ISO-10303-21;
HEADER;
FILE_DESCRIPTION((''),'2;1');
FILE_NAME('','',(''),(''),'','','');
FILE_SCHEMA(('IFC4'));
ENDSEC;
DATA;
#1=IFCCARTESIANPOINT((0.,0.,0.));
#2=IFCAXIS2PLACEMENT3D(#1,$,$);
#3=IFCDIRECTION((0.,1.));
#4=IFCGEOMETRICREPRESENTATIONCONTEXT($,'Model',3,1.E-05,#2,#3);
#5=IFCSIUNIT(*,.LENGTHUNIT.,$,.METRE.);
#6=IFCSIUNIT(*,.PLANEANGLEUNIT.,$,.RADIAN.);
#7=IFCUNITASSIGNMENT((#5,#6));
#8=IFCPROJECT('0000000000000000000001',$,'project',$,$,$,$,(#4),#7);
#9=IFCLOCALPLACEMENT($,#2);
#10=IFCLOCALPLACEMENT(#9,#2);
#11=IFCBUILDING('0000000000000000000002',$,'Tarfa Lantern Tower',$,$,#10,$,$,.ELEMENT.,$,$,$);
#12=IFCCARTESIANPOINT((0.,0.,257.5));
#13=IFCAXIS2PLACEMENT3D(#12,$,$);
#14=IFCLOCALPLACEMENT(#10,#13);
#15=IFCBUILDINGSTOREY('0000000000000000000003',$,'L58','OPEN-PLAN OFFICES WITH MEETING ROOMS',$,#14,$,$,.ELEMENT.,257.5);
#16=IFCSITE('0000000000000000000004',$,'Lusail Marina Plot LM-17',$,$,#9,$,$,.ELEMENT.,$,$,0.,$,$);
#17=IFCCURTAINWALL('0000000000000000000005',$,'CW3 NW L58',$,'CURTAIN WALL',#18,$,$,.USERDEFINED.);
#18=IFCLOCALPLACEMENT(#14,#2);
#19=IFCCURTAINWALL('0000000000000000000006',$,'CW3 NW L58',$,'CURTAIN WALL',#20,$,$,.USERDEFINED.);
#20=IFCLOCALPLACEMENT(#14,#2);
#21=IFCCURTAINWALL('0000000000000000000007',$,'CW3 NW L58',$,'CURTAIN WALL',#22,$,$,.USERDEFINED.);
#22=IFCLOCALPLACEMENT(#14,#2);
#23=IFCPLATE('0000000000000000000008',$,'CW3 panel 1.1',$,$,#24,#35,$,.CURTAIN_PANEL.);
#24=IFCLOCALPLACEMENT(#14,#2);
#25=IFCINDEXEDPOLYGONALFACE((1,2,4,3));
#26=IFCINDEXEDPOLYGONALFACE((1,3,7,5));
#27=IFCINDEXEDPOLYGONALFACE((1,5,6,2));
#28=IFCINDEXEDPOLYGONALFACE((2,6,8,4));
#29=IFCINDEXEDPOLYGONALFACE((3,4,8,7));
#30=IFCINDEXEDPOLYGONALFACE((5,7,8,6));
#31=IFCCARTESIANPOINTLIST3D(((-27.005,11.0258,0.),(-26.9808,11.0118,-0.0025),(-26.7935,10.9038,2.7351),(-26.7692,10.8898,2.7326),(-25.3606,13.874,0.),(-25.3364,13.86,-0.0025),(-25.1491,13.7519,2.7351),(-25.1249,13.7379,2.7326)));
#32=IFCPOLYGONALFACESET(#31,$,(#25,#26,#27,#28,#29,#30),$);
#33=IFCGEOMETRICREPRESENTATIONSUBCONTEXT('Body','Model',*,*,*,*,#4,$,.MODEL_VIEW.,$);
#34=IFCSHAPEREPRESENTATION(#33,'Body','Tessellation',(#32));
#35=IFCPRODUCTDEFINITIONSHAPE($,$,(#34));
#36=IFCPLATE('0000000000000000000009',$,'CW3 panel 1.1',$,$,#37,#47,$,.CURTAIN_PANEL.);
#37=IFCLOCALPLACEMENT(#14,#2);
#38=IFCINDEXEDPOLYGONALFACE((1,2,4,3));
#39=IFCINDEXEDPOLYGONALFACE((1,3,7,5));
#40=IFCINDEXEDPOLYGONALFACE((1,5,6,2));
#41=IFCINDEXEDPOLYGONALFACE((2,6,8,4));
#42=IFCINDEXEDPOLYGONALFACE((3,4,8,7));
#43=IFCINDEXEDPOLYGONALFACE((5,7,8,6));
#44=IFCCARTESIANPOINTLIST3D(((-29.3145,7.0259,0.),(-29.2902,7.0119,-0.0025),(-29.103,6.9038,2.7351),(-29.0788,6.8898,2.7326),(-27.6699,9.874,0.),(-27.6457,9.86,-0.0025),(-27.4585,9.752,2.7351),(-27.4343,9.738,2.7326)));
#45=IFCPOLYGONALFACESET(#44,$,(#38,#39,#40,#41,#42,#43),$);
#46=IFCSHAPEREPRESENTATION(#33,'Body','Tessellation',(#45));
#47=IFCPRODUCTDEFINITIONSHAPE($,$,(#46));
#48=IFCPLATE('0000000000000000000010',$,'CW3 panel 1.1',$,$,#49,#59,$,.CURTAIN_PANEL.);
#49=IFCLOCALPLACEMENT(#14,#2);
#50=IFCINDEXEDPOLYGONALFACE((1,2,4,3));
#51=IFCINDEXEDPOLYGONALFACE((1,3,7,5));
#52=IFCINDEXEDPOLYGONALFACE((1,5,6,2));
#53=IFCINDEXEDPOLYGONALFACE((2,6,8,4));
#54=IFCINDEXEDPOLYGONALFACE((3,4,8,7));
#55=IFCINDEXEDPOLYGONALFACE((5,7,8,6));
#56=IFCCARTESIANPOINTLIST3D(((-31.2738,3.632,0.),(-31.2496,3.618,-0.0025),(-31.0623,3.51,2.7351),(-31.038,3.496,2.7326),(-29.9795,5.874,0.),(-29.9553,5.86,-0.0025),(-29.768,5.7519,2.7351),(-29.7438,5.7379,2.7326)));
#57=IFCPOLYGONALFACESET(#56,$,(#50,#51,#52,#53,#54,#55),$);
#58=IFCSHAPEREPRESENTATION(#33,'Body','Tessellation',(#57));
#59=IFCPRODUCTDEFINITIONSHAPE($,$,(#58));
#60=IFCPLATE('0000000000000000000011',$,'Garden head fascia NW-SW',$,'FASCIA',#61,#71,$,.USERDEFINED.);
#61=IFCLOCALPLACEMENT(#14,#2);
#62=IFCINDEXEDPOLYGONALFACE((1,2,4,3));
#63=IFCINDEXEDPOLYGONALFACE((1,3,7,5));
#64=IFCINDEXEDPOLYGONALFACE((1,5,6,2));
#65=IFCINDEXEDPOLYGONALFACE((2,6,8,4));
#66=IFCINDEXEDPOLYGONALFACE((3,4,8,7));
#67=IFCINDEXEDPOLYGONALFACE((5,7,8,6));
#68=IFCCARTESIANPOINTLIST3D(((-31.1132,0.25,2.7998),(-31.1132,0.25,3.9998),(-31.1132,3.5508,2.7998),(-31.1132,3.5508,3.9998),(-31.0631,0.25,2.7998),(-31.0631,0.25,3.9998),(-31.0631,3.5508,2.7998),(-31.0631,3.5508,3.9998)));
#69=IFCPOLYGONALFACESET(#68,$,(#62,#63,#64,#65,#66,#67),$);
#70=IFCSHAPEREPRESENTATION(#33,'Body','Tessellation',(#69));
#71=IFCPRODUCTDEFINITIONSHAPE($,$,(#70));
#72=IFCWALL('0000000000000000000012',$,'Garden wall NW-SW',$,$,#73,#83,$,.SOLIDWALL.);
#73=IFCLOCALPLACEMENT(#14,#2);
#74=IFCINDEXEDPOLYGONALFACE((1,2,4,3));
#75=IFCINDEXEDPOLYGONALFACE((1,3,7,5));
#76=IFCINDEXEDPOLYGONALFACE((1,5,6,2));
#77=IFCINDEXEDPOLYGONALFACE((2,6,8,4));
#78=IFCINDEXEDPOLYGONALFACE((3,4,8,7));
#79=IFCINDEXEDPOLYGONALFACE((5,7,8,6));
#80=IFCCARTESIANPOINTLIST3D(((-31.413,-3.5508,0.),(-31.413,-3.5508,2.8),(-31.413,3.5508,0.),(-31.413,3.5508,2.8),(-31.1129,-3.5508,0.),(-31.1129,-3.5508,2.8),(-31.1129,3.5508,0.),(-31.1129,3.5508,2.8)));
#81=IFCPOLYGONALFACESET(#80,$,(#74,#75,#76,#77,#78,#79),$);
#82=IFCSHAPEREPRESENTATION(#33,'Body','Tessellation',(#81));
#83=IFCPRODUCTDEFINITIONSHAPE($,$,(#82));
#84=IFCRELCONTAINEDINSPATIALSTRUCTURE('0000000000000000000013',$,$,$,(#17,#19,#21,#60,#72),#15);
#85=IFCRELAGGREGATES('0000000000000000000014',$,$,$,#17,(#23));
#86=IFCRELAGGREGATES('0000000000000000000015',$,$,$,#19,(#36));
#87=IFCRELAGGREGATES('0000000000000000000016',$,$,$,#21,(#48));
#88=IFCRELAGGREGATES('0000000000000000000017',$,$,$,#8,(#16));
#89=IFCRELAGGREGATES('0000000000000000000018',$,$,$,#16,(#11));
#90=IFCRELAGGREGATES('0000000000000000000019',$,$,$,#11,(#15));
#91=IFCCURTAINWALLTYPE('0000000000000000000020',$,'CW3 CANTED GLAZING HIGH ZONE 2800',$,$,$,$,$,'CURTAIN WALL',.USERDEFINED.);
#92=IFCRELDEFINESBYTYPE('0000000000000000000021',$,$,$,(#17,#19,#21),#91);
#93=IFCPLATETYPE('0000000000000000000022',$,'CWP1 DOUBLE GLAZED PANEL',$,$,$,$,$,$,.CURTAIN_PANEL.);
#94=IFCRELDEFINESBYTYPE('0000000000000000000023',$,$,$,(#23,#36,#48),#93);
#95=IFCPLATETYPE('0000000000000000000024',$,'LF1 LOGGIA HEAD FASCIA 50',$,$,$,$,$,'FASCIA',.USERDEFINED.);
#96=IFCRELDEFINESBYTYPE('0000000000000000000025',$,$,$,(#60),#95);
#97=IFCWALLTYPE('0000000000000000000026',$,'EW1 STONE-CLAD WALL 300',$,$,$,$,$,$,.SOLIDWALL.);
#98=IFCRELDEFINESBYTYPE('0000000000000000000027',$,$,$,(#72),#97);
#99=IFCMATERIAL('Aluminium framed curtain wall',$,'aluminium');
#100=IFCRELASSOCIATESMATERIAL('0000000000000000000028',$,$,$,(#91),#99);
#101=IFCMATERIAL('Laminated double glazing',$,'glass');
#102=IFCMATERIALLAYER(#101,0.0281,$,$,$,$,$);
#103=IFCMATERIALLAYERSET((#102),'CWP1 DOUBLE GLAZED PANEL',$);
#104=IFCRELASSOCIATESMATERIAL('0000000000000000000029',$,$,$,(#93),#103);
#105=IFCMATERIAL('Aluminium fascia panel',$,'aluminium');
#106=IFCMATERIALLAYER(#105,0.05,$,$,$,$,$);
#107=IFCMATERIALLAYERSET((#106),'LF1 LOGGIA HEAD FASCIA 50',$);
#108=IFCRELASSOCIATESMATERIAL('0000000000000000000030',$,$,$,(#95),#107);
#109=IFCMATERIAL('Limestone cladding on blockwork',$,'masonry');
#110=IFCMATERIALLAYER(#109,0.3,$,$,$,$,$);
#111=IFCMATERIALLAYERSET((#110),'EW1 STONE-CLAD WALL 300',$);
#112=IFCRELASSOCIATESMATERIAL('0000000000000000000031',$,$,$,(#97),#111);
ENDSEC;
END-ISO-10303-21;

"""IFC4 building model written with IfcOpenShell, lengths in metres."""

from ifc_helpers import new_model, si_unit, direction, frame, frame_2d, origin, origin_2d, place, context, subcontext, project, spatial, polyline, rectangle, outline, extrude, material, layer, layer_set, type_object, element, aggregate, save


model = new_model("IFC4")

# Units and contexts
model_context = context("Model", 3, precision=1e-05, world=origin(), true_north=direction((0.0, 1.0)))
body_context = subcontext(model_context, "Body", "Model", "MODEL_VIEW")
ifc_project = project(units=[si_unit("LENGTHUNIT", "METRE"), si_unit("PLANEANGLEUNIT", "RADIAN")], contexts=[model_context])

# Site, building, storey
site_placement = place(None, origin())
site = spatial("IfcSite", under=ifc_project, at=site_placement, Name="Lusail Marina Plot LM-17", CompositionType="ELEMENT", RefElevation=0.0)
building_placement = place(site_placement, origin())
building = spatial("IfcBuilding", under=site, at=building_placement, Name="Tarfa Lantern Tower", CompositionType="ELEMENT")
storey_placement = place(building_placement, frame((0.0, 0.0, 257.5)))
storey = spatial("IfcBuildingStorey", under=building, at=storey_placement, Name="L58", Description="OPEN-PLAN OFFICES WITH MEETING ROOMS", CompositionType="ELEMENT", Elevation=257.5)

# Curtain wall
ifc_material_1 = material(Name="Aluminium framed curtain wall", Category="aluminium")
curtain_wall_type = type_object("IfcCurtainWallType", Name="CW3 CANTED GLAZING HIGH ZONE 2800", ElementType="CURTAIN WALL", PredefinedType="USERDEFINED", material=ifc_material_1)
curtain_wall_1_placement = place(storey_placement, origin())
curtain_wall_1 = element("IfcCurtainWall", 1, at=curtain_wall_1_placement, inside=storey, type_object=curtain_wall_type, Name="CW3 NW L58", ObjectType="CURTAIN WALL", PredefinedType="USERDEFINED")

# Curtain walls
curtain_wall_2_placement = place(storey_placement, origin())
curtain_wall_2 = element("IfcCurtainWall", 2, at=curtain_wall_2_placement, inside=storey, type_object=curtain_wall_type, Name="CW3 NW L58", ObjectType="CURTAIN WALL", PredefinedType="USERDEFINED")
curtain_wall_3_placement = place(storey_placement, origin())
curtain_wall_3 = element("IfcCurtainWall", 3, at=curtain_wall_3_placement, inside=storey, type_object=curtain_wall_type, Name="CW3 NW L58", ObjectType="CURTAIN WALL", PredefinedType="USERDEFINED")

# Plates
ifc_material_2 = material(Name="Laminated double glazing", Category="glass")
ifc_layer_1 = layer(ifc_material_2, 0.0281)
ifc_layer_set_1 = layer_set([ifc_layer_1], Name="CWP1 DOUBLE GLAZED PANEL")
plate_type_1 = type_object("IfcPlateType", Name="CWP1 DOUBLE GLAZED PANEL", PredefinedType="CURTAIN_PANEL", material=ifc_layer_set_1)
plate_1_placement = place(storey_placement, frame((-25.3606, 13.874, 0.0), z_axis=(-0.862589, 0.498026, 0.088945), x_axis=(-0.500008, -0.866021, -0.000003)))
plate_1 = element("IfcPlate", 4, at=plate_1_placement, type_object=plate_type_1, Name="CW3 panel 1.1", PredefinedType="CURTAIN_PANEL", context=body_context, shape_type="SweptSolid", body=[
    extrude(outline(polyline([(0.0, 0.0), (3.2888, 0.0), (3.2887, 2.746), (0.0, 2.746), (0.0, 0.0)])), origin(), (0.0, 0.0, -1.0), 0.0281),
])
aggregate(curtain_wall_1, [plate_1])
plate_2_placement = place(storey_placement, frame((-27.6699, 9.874, 0.0), z_axis=(-0.862576, 0.498055, 0.088906), x_axis=(-0.500035, -0.866005, 0.0)))
plate_2 = element("IfcPlate", 5, at=plate_2_placement, type_object=plate_type_1, Name="CW3 panel 1.1", PredefinedType="CURTAIN_PANEL", context=body_context, shape_type="SweptSolid", body=[
    extrude(outline(polyline([(0.0, 0.0), (3.2888, 0.0), (3.2888, 2.746), (0.0, 2.746), (0.0, 0.0)])), origin(), (0.0, 0.0, -1.0), 0.0281),
])
aggregate(curtain_wall_2, [plate_2])
plate_3_placement = place(storey_placement, frame((-29.9795, 5.874, 0.0), z_axis=(-0.862605, 0.497997, 0.088945), x_axis=(-0.499979, -0.866038, -0.000004)))
plate_3 = element("IfcPlate", 6, at=plate_3_placement, type_object=plate_type_1, Name="CW3 panel 1.1", PredefinedType="CURTAIN_PANEL", context=body_context, shape_type="SweptSolid", body=[
    extrude(outline(polyline([(0.0, 0.0), (2.5888, 0.0), (2.5887, 2.746), (0.0, 2.746), (0.0, 0.0)])), origin(), (0.0, 0.0, -1.0), 0.0281),
])
aggregate(curtain_wall_3, [plate_3])
ifc_material_3 = material(Name="Aluminium fascia panel", Category="aluminium")
ifc_layer_2 = layer(ifc_material_3, 0.05)
ifc_layer_set_2 = layer_set([ifc_layer_2], Name="LF1 LOGGIA HEAD FASCIA 50")
plate_type_2 = type_object("IfcPlateType", Name="LF1 LOGGIA HEAD FASCIA 50", ElementType="FASCIA", PredefinedType="USERDEFINED", material=ifc_layer_set_2)
plate_4_placement = place(storey_placement, frame((-31.0881, 1.9004, 2.7998), z_axis=(0.0, 0.0, 1.0), x_axis=(0.0, -1.0, 0.0)))
element("IfcPlate", 7, at=plate_4_placement, inside=storey, type_object=plate_type_2, Name="Garden head fascia NW-SW", ObjectType="FASCIA", PredefinedType="USERDEFINED", context=body_context, shape_type="SweptSolid", body=[
    extrude(rectangle(XDim=3.3008, YDim=0.05, at=origin_2d()), origin(), (0.0, 0.0, 1.0), 1.2),
])

# Wall
ifc_material_4 = material(Name="Limestone cladding on blockwork", Category="masonry")
ifc_layer_3 = layer(ifc_material_4, 0.3)
ifc_layer_set_3 = layer_set([ifc_layer_3], Name="EW1 STONE-CLAD WALL 300")
wall_type = type_object("IfcWallType", Name="EW1 STONE-CLAD WALL 300", PredefinedType="SOLIDWALL", material=ifc_layer_set_3)
wall_placement = place(storey_placement, frame((-31.2629, 3.5508, 0.0), z_axis=(0.0, 0.0, 1.0), x_axis=(0.0, -1.0, 0.0)))
element("IfcWall", 8, at=wall_placement, inside=storey, type_object=wall_type, Name="Garden wall NW-SW", PredefinedType="SOLIDWALL", context=body_context, shape_type="SweptSolid", body=[
    extrude(rectangle(XDim=7.1016, YDim=0.3, at=frame_2d((3.5508, 0.0))), origin(), (0.0, 0.0, 1.0), 2.8),
])

save(model, "model.ifc")
